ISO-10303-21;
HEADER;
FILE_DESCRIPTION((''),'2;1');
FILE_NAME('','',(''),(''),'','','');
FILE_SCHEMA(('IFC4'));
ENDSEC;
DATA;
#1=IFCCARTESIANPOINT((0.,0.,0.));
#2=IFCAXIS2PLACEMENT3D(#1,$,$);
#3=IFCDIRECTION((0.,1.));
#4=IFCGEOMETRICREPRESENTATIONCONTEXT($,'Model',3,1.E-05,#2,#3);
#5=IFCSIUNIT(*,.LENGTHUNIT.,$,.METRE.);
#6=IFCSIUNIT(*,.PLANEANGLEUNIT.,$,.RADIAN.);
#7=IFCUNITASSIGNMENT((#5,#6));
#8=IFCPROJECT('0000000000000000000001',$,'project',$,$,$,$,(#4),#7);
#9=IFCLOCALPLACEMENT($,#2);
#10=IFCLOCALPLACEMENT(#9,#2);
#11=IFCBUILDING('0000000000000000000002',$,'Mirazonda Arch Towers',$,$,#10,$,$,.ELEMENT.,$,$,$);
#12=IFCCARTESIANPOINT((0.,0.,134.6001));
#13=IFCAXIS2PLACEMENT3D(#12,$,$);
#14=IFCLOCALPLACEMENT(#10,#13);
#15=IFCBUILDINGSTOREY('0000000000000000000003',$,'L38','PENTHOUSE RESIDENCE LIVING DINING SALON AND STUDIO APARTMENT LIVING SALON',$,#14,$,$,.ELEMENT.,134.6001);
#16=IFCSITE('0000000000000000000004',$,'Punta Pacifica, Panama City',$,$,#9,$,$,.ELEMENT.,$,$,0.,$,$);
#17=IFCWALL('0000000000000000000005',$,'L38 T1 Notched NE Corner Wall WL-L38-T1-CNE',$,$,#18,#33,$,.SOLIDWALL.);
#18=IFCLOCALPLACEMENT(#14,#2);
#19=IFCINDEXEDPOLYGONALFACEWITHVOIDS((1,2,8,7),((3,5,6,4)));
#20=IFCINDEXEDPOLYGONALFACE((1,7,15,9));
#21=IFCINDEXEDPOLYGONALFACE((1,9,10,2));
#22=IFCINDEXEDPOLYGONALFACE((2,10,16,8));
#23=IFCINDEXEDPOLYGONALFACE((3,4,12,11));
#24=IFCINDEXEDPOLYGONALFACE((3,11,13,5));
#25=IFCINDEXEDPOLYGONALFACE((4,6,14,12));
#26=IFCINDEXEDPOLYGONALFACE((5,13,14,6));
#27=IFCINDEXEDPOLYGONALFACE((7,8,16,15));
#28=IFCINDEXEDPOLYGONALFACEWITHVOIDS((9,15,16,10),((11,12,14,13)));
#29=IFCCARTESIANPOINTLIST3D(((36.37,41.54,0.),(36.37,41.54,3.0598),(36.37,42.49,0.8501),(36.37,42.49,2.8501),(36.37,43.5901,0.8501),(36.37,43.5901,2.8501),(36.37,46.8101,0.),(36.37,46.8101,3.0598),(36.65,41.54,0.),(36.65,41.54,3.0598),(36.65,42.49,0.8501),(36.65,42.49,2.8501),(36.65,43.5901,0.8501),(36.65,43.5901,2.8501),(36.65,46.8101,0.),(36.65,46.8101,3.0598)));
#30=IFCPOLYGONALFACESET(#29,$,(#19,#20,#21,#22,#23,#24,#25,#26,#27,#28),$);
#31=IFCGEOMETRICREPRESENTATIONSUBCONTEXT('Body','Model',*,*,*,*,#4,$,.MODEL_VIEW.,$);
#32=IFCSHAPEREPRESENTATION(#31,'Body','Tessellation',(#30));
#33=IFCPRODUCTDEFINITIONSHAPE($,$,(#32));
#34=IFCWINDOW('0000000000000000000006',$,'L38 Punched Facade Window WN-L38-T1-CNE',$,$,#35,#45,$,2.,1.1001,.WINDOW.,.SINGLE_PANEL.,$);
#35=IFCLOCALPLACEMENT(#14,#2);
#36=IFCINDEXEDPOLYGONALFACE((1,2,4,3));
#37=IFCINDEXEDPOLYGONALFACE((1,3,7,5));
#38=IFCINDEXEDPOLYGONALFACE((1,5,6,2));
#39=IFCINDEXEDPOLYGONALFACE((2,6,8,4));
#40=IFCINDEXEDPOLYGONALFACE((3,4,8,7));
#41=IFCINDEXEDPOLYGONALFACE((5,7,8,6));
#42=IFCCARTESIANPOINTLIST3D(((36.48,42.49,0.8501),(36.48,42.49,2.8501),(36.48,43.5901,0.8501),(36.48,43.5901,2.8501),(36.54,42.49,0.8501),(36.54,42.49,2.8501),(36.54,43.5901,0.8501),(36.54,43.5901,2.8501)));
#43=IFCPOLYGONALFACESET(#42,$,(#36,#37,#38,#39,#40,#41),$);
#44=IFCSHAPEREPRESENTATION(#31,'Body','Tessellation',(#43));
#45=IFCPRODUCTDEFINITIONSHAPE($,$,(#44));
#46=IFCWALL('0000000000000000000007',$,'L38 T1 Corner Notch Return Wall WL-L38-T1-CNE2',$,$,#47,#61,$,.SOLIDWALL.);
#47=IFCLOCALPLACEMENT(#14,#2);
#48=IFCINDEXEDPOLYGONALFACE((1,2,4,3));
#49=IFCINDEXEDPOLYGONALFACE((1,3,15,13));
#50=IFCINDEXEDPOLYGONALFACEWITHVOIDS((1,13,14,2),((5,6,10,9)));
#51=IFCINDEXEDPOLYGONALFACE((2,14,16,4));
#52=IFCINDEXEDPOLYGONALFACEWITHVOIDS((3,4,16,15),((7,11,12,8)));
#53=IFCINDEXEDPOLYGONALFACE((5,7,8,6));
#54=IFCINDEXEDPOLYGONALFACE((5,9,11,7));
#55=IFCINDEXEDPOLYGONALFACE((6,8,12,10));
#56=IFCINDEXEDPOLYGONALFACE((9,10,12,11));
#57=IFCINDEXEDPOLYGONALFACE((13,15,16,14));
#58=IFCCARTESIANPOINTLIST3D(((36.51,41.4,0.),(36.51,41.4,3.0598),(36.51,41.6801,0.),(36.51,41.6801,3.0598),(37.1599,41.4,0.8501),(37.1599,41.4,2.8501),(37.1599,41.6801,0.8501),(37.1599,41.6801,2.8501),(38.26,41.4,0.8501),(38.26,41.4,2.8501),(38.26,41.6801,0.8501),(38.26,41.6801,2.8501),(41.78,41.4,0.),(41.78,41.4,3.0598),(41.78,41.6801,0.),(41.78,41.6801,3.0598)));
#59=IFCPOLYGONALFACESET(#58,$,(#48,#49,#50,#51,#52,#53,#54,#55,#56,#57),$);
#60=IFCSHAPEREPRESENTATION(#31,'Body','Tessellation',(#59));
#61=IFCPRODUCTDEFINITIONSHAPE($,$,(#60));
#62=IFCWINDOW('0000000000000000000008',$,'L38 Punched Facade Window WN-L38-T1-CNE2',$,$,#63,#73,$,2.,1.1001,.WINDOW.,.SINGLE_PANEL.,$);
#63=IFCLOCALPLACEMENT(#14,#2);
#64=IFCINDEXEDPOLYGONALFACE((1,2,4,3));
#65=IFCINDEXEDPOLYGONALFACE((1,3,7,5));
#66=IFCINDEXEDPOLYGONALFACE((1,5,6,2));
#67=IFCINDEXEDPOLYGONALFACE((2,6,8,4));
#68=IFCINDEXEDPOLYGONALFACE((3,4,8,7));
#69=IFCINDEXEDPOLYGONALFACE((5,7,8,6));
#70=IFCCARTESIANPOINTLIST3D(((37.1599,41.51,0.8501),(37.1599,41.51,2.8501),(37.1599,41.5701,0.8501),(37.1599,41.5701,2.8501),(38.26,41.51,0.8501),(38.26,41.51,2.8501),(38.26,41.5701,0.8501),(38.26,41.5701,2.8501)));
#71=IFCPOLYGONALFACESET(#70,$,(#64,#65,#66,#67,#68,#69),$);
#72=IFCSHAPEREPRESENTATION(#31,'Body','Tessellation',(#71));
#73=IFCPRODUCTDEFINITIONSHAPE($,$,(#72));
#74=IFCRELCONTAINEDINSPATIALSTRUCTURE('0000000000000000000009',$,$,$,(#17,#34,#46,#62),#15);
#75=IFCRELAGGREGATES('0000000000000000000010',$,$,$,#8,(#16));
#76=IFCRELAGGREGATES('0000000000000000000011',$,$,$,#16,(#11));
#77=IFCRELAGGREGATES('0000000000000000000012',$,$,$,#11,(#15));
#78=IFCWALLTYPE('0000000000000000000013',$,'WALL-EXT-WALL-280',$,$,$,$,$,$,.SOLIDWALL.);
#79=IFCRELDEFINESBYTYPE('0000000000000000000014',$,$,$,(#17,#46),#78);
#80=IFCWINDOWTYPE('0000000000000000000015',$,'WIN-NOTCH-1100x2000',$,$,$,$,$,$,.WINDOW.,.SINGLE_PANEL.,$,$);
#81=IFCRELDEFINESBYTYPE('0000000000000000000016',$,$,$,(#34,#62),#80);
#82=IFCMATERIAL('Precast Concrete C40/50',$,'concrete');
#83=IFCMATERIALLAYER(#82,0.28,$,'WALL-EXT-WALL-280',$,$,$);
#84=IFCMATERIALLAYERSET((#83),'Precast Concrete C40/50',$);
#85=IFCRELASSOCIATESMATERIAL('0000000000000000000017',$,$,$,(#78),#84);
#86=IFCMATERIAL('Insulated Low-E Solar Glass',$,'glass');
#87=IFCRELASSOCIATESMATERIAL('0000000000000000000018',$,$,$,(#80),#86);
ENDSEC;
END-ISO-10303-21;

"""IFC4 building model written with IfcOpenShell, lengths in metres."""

from ifc_helpers import new_model, si_unit, direction, frame, frame_2d, origin, place, context, subcontext, project, spatial, rectangle, extrude, material, layer, layer_set, type_object, element, fill, save


model = new_model("IFC4")

# Units and contexts
model_context = context("Model", 3, precision=1e-05, world=origin(), true_north=direction((0.0, 1.0)))
body_context = subcontext(model_context, "Body", "Model", "MODEL_VIEW")
ifc_project = project(units=[si_unit("LENGTHUNIT", "METRE"), si_unit("PLANEANGLEUNIT", "RADIAN")], contexts=[model_context])

# Site, building, storey
site_placement = place(None, origin())
site = spatial("IfcSite", under=ifc_project, at=site_placement, Name="Punta Pacifica, Panama City", CompositionType="ELEMENT", RefElevation=0.0)
building_placement = place(site_placement, origin())
building = spatial("IfcBuilding", under=site, at=building_placement, Name="Mirazonda Arch Towers", CompositionType="ELEMENT")
storey_placement = place(building_placement, frame((0.0, 0.0, 134.6001)))
storey = spatial("IfcBuildingStorey", under=building, at=storey_placement, Name="L38", Description="PENTHOUSE RESIDENCE LIVING DINING SALON AND STUDIO APARTMENT LIVING SALON", CompositionType="ELEMENT", Elevation=134.6001)

# Shared definitions
ifc_material_1 = material(Name="Insulated Low-E Solar Glass", Category="glass")

# Walls, openings, windows
ifc_material_2 = material(Name="Precast Concrete C40/50", Category="concrete")
ifc_layer_1 = layer(ifc_material_2, 0.28, Name="WALL-EXT-WALL-280")
ifc_layer_set_1 = layer_set([ifc_layer_1], Name="Precast Concrete C40/50")
wall_type_1 = type_object("IfcWallType", Name="WALL-EXT-WALL-280", PredefinedType="SOLIDWALL", material=ifc_layer_set_1)
wall_1_placement = place(storey_placement, frame((36.51, 41.54, 0.0), z_axis=(0.0, 0.0, 1.0), x_axis=(0.0, 1.0, 0.0)))
wall_1 = element("IfcWall", 1, at=wall_1_placement, inside=storey, type_object=wall_type_1, Name="L38 T1 Notched NE Corner Wall WL-L38-T1-CNE", PredefinedType="SOLIDWALL", context=body_context, shape_type="SweptSolid", body=[
    extrude(rectangle(XDim=5.27, YDim=0.28, at=frame_2d((2.635, 0.0))), origin(), (0.0, 0.0, 1.0), 3.0598),
])
opening_1_placement = place(wall_1_placement, frame((0.95, 0.0, 0.8501)))
opening_1 = element("IfcOpeningElement", 2, at=opening_1_placement, cuts=wall_1, PredefinedType="OPENING", context=body_context, shape_type="SweptSolid", body=[
    extrude(rectangle(XDim=1.1001, YDim=2.0, at=frame_2d((0.55, 1.0))), frame((0.0, 0.1499, 0.0), z_axis=(0.0, -1.0, 0.0), x_axis=(1.0, 0.0, 0.0)), (0.0, 0.0, 1.0), 0.3),
])
window_type = type_object("IfcWindowType", Name="WIN-NOTCH-1100x2000", PartitioningType="SINGLE_PANEL", PredefinedType="WINDOW", material=ifc_material_1)
window_1_placement = place(opening_1_placement, origin())
window_1 = element("IfcWindow", 3, at=window_1_placement, inside=storey, type_object=window_type, Name="L38 Punched Facade Window WN-L38-T1-CNE", OverallHeight=2.0, OverallWidth=1.1001, PartitioningType="SINGLE_PANEL", PredefinedType="WINDOW", context=body_context, shape_type="SweptSolid", body=[
    extrude(rectangle(XDim=1.1001, YDim=2.0, at=frame_2d((0.55, 1.0))), frame((0.0, 0.03, 0.0), z_axis=(0.0, -1.0, 0.0), x_axis=(1.0, 0.0, 0.0)), (0.0, 0.0, 1.0), 0.0601),
])
fill(opening_1, window_1)
wall_2_placement = place(storey_placement, frame((41.78, 41.54, 0.0), z_axis=(0.0, 0.0, 1.0), x_axis=(-1.0, 0.0, 0.0)))
wall_2 = element("IfcWall", 4, at=wall_2_placement, inside=storey, type_object=wall_type_1, Name="L38 T1 Corner Notch Return Wall WL-L38-T1-CNE2", PredefinedType="SOLIDWALL", context=body_context, shape_type="SweptSolid", body=[
    extrude(rectangle(XDim=5.27, YDim=0.28, at=frame_2d((2.635, 0.0))), origin(), (0.0, 0.0, 1.0), 3.0598),
])
opening_2_placement = place(wall_2_placement, frame((3.52, 0.0, 0.8501)))
opening_2 = element("IfcOpeningElement", 5, at=opening_2_placement, cuts=wall_2, PredefinedType="OPENING", context=body_context, shape_type="SweptSolid", body=[
    extrude(rectangle(XDim=1.1001, YDim=2.0, at=frame_2d((0.55, 1.0))), frame((0.0, 0.1499, 0.0), z_axis=(0.0, -1.0, 0.0), x_axis=(1.0, 0.0, 0.0)), (0.0, 0.0, 1.0), 0.3),
])
window_2_placement = place(opening_2_placement, origin())
window_2 = element("IfcWindow", 6, at=window_2_placement, inside=storey, type_object=window_type, Name="L38 Punched Facade Window WN-L38-T1-CNE2", OverallHeight=2.0, OverallWidth=1.1001, PartitioningType="SINGLE_PANEL", PredefinedType="WINDOW", context=body_context, shape_type="SweptSolid", body=[
    extrude(rectangle(XDim=1.1001, YDim=2.0, at=frame_2d((0.55, 1.0))), frame((0.0, 0.03, 0.0), z_axis=(0.0, -1.0, 0.0), x_axis=(1.0, 0.0, 0.0)), (0.0, 0.0, 1.0), 0.0601),
])
fill(opening_2, window_2)

save(model, "model.ifc")
